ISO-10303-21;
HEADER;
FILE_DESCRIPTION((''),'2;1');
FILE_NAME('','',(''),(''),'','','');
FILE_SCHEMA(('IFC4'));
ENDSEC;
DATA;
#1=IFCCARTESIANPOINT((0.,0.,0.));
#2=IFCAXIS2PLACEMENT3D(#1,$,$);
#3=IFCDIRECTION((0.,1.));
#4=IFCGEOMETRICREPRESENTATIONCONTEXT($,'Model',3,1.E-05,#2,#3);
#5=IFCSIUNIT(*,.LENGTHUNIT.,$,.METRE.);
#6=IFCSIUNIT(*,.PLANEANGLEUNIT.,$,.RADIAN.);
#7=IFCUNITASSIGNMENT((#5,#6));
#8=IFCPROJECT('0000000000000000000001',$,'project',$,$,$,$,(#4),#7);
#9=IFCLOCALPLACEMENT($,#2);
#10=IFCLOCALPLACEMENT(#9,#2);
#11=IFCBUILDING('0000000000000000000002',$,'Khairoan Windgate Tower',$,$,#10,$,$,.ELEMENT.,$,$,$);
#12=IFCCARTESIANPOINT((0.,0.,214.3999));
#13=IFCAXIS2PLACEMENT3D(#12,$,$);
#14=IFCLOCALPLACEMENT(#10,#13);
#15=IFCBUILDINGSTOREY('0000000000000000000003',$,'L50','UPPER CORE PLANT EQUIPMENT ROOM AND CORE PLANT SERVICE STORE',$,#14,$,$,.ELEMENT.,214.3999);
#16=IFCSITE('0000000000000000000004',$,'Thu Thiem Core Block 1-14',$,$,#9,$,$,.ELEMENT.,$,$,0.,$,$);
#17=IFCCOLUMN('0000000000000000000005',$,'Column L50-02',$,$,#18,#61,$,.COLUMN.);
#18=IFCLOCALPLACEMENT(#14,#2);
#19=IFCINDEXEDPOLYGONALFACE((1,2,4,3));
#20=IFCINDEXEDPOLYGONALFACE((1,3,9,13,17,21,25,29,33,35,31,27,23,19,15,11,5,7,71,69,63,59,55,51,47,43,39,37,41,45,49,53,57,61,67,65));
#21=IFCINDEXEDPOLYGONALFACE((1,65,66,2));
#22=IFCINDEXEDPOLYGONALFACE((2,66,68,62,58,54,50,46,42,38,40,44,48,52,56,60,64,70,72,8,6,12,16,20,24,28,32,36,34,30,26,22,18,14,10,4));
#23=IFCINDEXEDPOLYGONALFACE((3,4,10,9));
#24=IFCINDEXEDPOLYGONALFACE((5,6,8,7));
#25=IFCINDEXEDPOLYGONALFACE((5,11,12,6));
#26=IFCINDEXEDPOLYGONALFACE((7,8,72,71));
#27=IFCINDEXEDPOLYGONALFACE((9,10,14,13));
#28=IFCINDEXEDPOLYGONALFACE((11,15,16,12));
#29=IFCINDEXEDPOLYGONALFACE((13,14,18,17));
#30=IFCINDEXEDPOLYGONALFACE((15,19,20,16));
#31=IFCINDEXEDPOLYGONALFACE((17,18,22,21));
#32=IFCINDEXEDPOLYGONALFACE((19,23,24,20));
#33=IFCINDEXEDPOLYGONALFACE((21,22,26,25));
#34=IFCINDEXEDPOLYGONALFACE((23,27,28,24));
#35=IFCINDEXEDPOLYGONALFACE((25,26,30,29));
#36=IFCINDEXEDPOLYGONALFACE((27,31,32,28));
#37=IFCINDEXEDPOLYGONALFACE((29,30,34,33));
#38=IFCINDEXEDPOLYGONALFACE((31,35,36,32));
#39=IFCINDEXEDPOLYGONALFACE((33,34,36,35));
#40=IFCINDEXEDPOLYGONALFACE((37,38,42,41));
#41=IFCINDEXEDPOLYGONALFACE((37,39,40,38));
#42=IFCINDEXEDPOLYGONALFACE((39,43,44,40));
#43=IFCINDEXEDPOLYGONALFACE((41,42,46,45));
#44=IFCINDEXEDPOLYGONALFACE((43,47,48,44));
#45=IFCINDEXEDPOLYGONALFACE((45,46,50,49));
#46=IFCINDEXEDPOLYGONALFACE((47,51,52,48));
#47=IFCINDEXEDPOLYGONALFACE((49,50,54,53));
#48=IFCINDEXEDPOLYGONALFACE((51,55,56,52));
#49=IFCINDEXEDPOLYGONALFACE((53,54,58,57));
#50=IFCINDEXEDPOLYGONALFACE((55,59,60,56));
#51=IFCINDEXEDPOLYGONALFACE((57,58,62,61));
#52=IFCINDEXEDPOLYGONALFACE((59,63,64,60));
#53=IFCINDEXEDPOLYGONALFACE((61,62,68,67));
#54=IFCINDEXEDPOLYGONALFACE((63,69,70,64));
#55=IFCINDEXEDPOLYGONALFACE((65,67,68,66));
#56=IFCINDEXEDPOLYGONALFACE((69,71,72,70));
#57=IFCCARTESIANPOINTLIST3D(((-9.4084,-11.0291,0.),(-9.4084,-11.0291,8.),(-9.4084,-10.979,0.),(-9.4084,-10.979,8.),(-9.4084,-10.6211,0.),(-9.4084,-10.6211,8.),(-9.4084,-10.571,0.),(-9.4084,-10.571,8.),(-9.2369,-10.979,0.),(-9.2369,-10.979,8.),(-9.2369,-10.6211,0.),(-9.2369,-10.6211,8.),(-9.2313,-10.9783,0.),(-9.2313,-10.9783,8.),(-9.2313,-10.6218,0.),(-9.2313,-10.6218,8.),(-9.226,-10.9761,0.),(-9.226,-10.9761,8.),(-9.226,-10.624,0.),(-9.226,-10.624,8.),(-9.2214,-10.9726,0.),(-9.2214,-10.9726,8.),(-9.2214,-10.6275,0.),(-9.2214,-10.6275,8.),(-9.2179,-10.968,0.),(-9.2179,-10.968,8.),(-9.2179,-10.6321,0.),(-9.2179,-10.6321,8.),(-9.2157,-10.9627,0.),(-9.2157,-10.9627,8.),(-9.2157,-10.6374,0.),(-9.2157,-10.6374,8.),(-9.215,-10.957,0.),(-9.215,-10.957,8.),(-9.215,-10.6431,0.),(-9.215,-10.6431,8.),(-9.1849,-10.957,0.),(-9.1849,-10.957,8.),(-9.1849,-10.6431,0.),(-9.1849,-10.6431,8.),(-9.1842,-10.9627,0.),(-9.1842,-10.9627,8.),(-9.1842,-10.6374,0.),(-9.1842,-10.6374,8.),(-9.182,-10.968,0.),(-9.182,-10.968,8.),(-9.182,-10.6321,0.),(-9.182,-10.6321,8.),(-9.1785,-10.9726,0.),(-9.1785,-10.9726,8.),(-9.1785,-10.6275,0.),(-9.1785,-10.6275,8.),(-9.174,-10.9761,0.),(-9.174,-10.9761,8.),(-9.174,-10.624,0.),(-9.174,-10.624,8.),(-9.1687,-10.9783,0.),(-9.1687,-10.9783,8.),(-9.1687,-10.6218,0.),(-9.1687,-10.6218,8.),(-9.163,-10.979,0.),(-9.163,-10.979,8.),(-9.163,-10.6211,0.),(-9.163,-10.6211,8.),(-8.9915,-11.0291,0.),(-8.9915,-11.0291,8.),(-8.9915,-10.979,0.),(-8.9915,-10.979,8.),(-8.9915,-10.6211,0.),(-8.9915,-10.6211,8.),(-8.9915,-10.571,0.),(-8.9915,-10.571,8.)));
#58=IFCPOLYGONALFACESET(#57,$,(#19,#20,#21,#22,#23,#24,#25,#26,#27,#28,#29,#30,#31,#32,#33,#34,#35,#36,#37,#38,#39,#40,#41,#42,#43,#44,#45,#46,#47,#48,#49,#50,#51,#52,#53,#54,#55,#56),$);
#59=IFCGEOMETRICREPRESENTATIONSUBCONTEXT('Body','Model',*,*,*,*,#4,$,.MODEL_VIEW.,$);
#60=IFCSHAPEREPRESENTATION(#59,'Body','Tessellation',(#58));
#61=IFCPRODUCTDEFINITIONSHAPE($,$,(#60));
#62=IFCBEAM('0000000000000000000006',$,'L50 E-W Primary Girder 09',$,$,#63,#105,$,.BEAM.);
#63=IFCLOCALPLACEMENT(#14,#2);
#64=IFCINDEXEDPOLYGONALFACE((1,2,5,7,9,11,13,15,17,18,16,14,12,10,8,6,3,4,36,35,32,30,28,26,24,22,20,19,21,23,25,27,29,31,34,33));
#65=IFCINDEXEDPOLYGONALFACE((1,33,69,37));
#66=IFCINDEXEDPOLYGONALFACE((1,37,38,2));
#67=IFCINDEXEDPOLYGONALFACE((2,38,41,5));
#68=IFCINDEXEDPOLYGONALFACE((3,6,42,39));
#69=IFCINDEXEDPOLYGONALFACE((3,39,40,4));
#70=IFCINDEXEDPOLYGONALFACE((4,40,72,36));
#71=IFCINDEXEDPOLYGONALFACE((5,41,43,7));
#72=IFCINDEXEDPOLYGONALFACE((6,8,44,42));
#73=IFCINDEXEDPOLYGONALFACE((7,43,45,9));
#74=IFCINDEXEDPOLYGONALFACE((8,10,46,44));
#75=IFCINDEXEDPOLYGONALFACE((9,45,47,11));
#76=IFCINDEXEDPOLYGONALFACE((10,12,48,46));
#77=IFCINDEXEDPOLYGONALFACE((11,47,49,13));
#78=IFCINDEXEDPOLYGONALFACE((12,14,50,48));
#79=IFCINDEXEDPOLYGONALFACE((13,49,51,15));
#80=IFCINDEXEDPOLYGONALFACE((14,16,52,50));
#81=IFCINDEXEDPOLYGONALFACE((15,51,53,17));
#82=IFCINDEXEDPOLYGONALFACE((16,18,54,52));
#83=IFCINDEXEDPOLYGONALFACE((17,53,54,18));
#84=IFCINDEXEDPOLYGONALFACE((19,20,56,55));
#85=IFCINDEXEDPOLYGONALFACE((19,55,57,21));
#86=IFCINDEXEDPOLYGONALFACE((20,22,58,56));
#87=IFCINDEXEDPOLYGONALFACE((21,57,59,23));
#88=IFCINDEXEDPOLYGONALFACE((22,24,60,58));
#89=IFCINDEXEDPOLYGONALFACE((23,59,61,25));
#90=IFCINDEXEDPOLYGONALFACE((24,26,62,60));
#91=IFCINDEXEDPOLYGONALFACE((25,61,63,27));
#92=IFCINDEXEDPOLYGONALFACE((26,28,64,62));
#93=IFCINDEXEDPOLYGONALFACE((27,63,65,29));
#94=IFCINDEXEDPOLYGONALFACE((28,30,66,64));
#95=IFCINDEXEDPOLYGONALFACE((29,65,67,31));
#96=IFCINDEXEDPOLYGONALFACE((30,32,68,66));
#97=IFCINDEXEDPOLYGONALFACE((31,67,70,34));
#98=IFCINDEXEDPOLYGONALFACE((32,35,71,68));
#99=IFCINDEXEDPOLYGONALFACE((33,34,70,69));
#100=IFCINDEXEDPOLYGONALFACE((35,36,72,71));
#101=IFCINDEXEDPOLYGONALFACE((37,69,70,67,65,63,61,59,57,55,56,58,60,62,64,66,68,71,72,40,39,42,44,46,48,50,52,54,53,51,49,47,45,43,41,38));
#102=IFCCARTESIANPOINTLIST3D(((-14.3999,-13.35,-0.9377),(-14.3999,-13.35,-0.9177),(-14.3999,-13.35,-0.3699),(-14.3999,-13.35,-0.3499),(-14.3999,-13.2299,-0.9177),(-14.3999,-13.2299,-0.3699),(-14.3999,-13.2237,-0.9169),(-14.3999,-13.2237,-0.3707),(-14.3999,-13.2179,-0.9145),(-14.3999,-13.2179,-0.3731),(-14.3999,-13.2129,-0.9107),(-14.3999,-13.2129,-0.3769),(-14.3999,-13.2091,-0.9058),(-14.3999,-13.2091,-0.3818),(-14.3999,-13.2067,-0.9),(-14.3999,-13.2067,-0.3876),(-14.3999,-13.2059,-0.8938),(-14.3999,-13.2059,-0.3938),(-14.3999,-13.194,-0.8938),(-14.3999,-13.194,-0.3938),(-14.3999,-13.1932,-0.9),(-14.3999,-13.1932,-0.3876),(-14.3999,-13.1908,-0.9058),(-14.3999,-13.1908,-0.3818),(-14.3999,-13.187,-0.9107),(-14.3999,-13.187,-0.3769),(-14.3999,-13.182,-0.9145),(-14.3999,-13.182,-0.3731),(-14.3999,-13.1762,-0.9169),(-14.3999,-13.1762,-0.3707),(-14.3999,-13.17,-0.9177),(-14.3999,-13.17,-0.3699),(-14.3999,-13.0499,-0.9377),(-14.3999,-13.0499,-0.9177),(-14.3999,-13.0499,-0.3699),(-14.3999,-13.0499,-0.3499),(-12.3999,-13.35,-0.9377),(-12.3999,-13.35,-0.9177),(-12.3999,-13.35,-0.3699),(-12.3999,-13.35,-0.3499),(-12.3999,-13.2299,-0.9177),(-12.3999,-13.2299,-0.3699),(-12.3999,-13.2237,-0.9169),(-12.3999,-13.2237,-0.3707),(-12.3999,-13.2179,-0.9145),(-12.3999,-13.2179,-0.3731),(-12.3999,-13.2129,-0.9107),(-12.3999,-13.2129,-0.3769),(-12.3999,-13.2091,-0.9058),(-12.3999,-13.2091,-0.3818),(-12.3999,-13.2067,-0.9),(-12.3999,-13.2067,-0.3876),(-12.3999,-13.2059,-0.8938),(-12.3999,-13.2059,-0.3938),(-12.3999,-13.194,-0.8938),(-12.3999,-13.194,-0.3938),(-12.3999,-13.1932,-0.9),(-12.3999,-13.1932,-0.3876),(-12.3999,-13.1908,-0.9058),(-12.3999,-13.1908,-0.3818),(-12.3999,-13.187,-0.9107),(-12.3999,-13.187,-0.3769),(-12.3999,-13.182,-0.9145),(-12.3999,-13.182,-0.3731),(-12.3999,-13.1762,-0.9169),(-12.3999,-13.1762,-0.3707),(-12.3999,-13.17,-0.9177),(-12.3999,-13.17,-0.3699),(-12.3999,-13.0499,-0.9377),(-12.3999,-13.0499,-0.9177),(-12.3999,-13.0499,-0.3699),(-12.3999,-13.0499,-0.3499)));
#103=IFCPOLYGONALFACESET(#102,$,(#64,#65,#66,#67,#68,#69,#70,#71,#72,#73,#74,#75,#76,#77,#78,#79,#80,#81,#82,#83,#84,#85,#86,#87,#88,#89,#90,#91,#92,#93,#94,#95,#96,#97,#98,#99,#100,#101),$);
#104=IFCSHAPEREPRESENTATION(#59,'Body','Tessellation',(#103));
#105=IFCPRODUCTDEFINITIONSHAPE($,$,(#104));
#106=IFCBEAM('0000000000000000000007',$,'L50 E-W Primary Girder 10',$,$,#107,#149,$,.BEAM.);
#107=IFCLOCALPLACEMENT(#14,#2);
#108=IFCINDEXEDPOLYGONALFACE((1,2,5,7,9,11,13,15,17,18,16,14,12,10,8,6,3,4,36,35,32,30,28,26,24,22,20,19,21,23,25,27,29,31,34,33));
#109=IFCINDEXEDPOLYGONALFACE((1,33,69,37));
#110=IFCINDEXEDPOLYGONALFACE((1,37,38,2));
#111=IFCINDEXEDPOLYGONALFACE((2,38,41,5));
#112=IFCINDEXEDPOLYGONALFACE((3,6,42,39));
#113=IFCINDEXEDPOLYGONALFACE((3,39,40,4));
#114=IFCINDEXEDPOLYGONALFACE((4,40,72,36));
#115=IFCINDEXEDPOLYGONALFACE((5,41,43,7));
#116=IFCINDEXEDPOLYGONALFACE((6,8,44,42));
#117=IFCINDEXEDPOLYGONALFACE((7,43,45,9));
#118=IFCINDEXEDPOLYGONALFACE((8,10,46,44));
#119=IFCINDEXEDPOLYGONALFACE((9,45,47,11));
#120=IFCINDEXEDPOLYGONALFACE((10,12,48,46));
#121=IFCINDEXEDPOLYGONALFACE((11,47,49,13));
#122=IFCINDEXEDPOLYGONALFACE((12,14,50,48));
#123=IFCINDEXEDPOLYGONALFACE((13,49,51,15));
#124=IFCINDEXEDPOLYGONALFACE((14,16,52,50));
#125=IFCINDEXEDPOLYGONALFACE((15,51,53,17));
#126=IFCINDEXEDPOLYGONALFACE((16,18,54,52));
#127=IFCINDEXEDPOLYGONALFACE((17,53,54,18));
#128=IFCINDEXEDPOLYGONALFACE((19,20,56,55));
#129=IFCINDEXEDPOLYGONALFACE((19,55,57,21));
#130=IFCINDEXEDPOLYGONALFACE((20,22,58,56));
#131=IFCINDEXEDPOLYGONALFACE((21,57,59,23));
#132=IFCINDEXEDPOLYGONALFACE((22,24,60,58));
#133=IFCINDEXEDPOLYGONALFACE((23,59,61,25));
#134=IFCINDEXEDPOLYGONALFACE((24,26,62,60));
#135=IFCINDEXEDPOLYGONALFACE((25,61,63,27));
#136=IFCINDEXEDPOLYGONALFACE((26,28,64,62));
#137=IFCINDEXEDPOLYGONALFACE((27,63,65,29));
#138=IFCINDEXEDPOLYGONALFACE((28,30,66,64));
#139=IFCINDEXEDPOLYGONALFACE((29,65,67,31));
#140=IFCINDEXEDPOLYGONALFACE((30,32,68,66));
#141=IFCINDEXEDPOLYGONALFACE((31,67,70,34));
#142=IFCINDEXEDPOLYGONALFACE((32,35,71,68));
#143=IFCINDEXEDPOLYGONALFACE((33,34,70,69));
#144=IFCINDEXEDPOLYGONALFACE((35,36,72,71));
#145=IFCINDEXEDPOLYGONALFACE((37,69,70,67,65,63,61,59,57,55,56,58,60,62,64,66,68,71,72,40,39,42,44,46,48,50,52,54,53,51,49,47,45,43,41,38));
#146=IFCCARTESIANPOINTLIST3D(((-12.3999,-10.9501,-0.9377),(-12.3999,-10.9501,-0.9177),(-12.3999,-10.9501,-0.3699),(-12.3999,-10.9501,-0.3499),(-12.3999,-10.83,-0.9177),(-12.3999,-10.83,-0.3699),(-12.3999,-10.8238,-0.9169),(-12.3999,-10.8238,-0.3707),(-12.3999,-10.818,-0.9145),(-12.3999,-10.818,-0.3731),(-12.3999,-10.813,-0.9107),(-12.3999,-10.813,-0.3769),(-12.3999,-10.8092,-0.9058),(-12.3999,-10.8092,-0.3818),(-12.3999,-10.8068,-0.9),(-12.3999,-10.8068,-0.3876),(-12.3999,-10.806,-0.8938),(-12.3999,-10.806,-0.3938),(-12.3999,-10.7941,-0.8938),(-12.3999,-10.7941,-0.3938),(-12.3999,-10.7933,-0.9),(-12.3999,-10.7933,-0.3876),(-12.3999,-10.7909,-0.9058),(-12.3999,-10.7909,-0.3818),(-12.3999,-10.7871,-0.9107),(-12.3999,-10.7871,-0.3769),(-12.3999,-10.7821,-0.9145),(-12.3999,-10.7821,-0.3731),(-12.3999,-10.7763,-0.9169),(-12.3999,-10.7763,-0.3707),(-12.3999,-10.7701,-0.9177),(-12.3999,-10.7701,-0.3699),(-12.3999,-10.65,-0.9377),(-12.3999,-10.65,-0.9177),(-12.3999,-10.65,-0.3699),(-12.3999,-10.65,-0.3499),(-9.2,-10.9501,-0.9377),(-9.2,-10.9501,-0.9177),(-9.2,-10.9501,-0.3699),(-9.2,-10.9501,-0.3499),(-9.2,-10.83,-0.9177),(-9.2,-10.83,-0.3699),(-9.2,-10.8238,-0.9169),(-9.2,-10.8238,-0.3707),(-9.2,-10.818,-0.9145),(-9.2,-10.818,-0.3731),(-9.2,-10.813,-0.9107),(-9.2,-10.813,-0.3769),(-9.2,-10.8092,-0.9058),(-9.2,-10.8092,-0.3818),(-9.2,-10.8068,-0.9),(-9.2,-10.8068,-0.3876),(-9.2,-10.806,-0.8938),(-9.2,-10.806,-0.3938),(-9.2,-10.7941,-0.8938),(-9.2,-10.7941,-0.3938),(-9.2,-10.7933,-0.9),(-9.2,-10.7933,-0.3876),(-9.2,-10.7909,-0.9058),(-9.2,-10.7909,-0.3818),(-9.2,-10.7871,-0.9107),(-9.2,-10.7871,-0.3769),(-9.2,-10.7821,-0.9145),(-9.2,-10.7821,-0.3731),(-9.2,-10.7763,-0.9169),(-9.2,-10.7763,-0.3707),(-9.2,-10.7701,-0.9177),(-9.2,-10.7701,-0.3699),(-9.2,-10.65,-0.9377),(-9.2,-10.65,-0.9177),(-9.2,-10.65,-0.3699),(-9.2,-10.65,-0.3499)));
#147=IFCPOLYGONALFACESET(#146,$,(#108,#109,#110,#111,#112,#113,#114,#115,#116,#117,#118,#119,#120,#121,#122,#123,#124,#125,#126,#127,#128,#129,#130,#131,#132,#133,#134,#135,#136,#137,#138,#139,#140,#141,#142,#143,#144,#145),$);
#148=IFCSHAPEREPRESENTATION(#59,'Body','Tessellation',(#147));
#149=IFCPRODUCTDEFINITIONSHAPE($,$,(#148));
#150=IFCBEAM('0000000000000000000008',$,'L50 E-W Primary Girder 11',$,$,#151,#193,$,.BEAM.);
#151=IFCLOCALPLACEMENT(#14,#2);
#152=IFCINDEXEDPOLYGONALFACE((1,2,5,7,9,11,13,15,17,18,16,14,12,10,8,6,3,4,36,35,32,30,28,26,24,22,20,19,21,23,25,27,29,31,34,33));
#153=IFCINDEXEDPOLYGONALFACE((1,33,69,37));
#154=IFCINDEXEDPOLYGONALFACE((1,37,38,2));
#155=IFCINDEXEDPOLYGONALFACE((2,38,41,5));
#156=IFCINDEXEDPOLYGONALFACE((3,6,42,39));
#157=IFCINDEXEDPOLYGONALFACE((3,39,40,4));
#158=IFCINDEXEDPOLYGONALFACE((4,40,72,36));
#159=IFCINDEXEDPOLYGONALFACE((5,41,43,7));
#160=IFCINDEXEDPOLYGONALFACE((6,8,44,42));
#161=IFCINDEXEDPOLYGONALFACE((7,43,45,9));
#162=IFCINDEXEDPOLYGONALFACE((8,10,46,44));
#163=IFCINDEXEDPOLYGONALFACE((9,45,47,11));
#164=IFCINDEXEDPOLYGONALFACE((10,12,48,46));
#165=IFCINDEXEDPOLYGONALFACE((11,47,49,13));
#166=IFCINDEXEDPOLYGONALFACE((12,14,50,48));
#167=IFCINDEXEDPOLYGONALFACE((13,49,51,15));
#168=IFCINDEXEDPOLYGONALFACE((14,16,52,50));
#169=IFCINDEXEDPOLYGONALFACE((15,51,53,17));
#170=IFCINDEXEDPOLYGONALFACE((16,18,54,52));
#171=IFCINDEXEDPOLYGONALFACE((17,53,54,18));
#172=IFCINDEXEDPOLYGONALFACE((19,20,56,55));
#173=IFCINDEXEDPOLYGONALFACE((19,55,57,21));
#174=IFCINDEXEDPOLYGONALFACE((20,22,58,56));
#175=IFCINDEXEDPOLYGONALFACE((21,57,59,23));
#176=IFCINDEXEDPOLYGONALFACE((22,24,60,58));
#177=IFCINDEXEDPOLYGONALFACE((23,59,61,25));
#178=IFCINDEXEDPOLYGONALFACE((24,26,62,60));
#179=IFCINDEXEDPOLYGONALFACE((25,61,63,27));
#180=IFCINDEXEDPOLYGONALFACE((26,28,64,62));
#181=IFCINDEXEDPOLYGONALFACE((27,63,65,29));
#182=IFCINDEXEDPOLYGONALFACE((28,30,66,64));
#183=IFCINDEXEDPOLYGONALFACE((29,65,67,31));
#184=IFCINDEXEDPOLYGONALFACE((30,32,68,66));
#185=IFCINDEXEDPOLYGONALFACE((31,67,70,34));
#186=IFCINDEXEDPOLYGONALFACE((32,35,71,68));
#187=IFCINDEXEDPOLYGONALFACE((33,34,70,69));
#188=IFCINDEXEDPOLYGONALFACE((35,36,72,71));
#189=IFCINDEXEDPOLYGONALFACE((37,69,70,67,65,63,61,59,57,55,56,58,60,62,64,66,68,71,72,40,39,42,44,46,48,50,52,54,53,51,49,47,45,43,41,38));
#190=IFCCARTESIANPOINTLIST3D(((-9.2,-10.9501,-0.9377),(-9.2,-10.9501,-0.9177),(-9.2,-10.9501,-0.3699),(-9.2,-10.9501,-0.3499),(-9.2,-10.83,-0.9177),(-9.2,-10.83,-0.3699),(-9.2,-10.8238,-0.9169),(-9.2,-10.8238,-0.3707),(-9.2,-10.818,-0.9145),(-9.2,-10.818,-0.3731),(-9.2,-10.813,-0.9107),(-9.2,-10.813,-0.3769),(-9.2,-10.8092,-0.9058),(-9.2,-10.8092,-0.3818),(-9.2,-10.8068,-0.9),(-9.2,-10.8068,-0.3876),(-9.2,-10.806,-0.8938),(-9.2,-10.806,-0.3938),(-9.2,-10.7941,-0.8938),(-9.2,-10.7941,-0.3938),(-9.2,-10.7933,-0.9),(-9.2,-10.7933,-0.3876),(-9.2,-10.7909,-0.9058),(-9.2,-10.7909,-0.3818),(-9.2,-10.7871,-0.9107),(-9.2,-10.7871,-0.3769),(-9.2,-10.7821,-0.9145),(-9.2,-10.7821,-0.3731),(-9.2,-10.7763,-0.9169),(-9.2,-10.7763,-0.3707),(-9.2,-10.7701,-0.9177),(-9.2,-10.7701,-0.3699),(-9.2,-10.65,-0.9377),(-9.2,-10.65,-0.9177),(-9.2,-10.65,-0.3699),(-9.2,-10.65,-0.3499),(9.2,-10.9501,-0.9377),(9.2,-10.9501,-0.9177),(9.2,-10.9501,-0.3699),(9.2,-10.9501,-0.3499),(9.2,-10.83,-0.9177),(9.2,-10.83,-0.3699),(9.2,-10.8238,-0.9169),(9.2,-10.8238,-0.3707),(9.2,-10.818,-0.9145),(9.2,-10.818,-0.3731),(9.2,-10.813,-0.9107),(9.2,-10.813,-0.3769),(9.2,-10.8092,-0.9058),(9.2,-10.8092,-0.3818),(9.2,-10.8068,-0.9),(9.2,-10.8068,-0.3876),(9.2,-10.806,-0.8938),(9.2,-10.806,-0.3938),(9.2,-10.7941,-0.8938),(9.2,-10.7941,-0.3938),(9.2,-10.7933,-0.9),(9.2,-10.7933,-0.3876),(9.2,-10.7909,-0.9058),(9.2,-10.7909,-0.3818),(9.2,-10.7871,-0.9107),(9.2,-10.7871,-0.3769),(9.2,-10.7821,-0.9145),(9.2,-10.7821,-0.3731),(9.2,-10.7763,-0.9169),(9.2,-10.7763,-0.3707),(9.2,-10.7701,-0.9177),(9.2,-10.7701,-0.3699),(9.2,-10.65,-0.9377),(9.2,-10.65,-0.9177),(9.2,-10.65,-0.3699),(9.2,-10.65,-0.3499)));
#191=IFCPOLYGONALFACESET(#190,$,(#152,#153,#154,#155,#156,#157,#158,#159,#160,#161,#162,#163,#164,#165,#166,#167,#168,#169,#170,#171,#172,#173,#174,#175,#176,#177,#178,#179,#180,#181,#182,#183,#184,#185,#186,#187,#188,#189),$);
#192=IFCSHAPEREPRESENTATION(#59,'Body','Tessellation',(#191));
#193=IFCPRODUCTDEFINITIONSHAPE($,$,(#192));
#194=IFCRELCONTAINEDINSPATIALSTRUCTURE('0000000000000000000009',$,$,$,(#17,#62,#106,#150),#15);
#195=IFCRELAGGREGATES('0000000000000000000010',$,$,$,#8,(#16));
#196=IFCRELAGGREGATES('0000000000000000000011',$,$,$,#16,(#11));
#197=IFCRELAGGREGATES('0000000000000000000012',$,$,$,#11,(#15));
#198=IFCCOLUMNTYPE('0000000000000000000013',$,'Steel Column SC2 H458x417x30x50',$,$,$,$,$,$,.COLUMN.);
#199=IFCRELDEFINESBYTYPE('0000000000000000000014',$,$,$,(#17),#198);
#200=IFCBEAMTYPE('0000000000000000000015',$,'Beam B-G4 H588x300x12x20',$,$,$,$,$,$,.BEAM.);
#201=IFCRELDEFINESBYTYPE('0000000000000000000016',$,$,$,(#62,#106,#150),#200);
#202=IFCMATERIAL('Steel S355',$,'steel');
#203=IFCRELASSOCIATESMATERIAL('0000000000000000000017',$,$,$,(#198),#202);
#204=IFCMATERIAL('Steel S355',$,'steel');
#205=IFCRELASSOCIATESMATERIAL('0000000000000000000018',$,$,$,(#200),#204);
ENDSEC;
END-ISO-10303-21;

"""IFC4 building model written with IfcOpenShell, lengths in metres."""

from ifc_helpers import new_model, si_unit, direction, frame, origin, origin_2d, place, context, subcontext, project, spatial, i_section, extrude, material, material_profile, profile_set, type_object, element, save


model = new_model("IFC4")

# Units and contexts
model_context = context("Model", 3, precision=1e-05, world=origin(), true_north=direction((0.0, 1.0)))
body_context = subcontext(model_context, "Body", "Model", "MODEL_VIEW")
ifc_project = project(units=[si_unit("LENGTHUNIT", "METRE"), si_unit("PLANEANGLEUNIT", "RADIAN")], contexts=[model_context])

# Site, building, storey
site_placement = place(None, origin())
site = spatial("IfcSite", under=ifc_project, at=site_placement, Name="Thu Thiem Core Block 1-14", CompositionType="ELEMENT", RefElevation=0.0)
building_placement = place(site_placement, origin())
building = spatial("IfcBuilding", under=site, at=building_placement, Name="Khairoan Windgate Tower", CompositionType="ELEMENT")
storey_placement = place(building_placement, frame((0.0, 0.0, 214.3999)))
storey = spatial("IfcBuildingStorey", under=building, at=storey_placement, Name="L50", Description="UPPER CORE PLANT EQUIPMENT ROOM AND CORE PLANT SERVICE STORE", CompositionType="ELEMENT", Elevation=214.3999)

# Column
ifc_material_1 = material(Name="Steel S355", Category="steel")
ifc_material_profile_1 = material_profile(ifc_material_1, i_section(OverallWidth=0.417, OverallDepth=0.458, WebThickness=0.03, FlangeThickness=0.05, FilletRadius=0.022, at=origin_2d()))
ifc_profile_set_1 = profile_set([ifc_material_profile_1], Name="Steel S355")
column_type = type_object("IfcColumnType", Name="Steel Column SC2 H458x417x30x50", PredefinedType="COLUMN", material=ifc_profile_set_1)
column_placement = place(storey_placement, frame((-9.2, -10.8, 0.0), z_axis=(0.0, 0.0, 1.0), x_axis=(1.0, 0.0, 0.0)))
element("IfcColumn", 1, at=column_placement, inside=storey, type_object=column_type, Name="Column L50-02", PredefinedType="COLUMN", context=body_context, shape_type="SweptSolid", body=[
    extrude(i_section(OverallWidth=0.417, OverallDepth=0.458, WebThickness=0.03, FlangeThickness=0.05, FilletRadius=0.022, at=origin_2d()), origin(), (0.0, 0.0, 1.0), 8.0),
])

# Beams
ifc_material_2 = material(Name="Steel S355", Category="steel")
ifc_material_profile_2 = material_profile(ifc_material_2, i_section(OverallWidth=0.3, OverallDepth=0.5879, WebThickness=0.012, FlangeThickness=0.02, FilletRadius=0.0239, at=origin_2d()))
ifc_profile_set_2 = profile_set([ifc_material_profile_2], Name="Steel S355")
beam_type_1 = type_object("IfcBeamType", Name="Beam B-G4 H588x300x12x20", PredefinedType="BEAM", material=ifc_profile_set_2)
beam_1_placement = place(storey_placement, frame((-14.3999, -13.2, -0.6438), z_axis=(1.0, 0.0, 0.0), x_axis=(0.0, 1.0, 0.0)))
element("IfcBeam", 2, at=beam_1_placement, inside=storey, type_object=beam_type_1, Name="L50 E-W Primary Girder 09", PredefinedType="BEAM", context=body_context, shape_type="SweptSolid", body=[
    extrude(i_section(OverallWidth=0.3, OverallDepth=0.5879, WebThickness=0.012, FlangeThickness=0.02, FilletRadius=0.0239, at=origin_2d()), origin(), (0.0, 0.0, 1.0), 2.0),
])
beam_2_placement = place(storey_placement, frame((-12.3999, -10.8, -0.6438), z_axis=(1.0, 0.0, 0.0), x_axis=(0.0, 1.0, 0.0)))
element("IfcBeam", 3, at=beam_2_placement, inside=storey, type_object=beam_type_1, Name="L50 E-W Primary Girder 10", PredefinedType="BEAM", context=body_context, shape_type="SweptSolid", body=[
    extrude(i_section(OverallWidth=0.3, OverallDepth=0.5879, WebThickness=0.012, FlangeThickness=0.02, FilletRadius=0.0239, at=origin_2d()), origin(), (0.0, 0.0, 1.0), 3.2),
])
beam_3_placement = place(storey_placement, frame((-9.2, -10.8, -0.6438), z_axis=(1.0, 0.0, 0.0), x_axis=(0.0, 1.0, 0.0)))
element("IfcBeam", 4, at=beam_3_placement, inside=storey, type_object=beam_type_1, Name="L50 E-W Primary Girder 11", PredefinedType="BEAM", context=body_context, shape_type="SweptSolid", body=[
    extrude(i_section(OverallWidth=0.3, OverallDepth=0.5879, WebThickness=0.012, FlangeThickness=0.02, FilletRadius=0.0239, at=origin_2d()), origin(), (0.0, 0.0, 1.0), 18.3999),
])

save(model, "model.ifc")
